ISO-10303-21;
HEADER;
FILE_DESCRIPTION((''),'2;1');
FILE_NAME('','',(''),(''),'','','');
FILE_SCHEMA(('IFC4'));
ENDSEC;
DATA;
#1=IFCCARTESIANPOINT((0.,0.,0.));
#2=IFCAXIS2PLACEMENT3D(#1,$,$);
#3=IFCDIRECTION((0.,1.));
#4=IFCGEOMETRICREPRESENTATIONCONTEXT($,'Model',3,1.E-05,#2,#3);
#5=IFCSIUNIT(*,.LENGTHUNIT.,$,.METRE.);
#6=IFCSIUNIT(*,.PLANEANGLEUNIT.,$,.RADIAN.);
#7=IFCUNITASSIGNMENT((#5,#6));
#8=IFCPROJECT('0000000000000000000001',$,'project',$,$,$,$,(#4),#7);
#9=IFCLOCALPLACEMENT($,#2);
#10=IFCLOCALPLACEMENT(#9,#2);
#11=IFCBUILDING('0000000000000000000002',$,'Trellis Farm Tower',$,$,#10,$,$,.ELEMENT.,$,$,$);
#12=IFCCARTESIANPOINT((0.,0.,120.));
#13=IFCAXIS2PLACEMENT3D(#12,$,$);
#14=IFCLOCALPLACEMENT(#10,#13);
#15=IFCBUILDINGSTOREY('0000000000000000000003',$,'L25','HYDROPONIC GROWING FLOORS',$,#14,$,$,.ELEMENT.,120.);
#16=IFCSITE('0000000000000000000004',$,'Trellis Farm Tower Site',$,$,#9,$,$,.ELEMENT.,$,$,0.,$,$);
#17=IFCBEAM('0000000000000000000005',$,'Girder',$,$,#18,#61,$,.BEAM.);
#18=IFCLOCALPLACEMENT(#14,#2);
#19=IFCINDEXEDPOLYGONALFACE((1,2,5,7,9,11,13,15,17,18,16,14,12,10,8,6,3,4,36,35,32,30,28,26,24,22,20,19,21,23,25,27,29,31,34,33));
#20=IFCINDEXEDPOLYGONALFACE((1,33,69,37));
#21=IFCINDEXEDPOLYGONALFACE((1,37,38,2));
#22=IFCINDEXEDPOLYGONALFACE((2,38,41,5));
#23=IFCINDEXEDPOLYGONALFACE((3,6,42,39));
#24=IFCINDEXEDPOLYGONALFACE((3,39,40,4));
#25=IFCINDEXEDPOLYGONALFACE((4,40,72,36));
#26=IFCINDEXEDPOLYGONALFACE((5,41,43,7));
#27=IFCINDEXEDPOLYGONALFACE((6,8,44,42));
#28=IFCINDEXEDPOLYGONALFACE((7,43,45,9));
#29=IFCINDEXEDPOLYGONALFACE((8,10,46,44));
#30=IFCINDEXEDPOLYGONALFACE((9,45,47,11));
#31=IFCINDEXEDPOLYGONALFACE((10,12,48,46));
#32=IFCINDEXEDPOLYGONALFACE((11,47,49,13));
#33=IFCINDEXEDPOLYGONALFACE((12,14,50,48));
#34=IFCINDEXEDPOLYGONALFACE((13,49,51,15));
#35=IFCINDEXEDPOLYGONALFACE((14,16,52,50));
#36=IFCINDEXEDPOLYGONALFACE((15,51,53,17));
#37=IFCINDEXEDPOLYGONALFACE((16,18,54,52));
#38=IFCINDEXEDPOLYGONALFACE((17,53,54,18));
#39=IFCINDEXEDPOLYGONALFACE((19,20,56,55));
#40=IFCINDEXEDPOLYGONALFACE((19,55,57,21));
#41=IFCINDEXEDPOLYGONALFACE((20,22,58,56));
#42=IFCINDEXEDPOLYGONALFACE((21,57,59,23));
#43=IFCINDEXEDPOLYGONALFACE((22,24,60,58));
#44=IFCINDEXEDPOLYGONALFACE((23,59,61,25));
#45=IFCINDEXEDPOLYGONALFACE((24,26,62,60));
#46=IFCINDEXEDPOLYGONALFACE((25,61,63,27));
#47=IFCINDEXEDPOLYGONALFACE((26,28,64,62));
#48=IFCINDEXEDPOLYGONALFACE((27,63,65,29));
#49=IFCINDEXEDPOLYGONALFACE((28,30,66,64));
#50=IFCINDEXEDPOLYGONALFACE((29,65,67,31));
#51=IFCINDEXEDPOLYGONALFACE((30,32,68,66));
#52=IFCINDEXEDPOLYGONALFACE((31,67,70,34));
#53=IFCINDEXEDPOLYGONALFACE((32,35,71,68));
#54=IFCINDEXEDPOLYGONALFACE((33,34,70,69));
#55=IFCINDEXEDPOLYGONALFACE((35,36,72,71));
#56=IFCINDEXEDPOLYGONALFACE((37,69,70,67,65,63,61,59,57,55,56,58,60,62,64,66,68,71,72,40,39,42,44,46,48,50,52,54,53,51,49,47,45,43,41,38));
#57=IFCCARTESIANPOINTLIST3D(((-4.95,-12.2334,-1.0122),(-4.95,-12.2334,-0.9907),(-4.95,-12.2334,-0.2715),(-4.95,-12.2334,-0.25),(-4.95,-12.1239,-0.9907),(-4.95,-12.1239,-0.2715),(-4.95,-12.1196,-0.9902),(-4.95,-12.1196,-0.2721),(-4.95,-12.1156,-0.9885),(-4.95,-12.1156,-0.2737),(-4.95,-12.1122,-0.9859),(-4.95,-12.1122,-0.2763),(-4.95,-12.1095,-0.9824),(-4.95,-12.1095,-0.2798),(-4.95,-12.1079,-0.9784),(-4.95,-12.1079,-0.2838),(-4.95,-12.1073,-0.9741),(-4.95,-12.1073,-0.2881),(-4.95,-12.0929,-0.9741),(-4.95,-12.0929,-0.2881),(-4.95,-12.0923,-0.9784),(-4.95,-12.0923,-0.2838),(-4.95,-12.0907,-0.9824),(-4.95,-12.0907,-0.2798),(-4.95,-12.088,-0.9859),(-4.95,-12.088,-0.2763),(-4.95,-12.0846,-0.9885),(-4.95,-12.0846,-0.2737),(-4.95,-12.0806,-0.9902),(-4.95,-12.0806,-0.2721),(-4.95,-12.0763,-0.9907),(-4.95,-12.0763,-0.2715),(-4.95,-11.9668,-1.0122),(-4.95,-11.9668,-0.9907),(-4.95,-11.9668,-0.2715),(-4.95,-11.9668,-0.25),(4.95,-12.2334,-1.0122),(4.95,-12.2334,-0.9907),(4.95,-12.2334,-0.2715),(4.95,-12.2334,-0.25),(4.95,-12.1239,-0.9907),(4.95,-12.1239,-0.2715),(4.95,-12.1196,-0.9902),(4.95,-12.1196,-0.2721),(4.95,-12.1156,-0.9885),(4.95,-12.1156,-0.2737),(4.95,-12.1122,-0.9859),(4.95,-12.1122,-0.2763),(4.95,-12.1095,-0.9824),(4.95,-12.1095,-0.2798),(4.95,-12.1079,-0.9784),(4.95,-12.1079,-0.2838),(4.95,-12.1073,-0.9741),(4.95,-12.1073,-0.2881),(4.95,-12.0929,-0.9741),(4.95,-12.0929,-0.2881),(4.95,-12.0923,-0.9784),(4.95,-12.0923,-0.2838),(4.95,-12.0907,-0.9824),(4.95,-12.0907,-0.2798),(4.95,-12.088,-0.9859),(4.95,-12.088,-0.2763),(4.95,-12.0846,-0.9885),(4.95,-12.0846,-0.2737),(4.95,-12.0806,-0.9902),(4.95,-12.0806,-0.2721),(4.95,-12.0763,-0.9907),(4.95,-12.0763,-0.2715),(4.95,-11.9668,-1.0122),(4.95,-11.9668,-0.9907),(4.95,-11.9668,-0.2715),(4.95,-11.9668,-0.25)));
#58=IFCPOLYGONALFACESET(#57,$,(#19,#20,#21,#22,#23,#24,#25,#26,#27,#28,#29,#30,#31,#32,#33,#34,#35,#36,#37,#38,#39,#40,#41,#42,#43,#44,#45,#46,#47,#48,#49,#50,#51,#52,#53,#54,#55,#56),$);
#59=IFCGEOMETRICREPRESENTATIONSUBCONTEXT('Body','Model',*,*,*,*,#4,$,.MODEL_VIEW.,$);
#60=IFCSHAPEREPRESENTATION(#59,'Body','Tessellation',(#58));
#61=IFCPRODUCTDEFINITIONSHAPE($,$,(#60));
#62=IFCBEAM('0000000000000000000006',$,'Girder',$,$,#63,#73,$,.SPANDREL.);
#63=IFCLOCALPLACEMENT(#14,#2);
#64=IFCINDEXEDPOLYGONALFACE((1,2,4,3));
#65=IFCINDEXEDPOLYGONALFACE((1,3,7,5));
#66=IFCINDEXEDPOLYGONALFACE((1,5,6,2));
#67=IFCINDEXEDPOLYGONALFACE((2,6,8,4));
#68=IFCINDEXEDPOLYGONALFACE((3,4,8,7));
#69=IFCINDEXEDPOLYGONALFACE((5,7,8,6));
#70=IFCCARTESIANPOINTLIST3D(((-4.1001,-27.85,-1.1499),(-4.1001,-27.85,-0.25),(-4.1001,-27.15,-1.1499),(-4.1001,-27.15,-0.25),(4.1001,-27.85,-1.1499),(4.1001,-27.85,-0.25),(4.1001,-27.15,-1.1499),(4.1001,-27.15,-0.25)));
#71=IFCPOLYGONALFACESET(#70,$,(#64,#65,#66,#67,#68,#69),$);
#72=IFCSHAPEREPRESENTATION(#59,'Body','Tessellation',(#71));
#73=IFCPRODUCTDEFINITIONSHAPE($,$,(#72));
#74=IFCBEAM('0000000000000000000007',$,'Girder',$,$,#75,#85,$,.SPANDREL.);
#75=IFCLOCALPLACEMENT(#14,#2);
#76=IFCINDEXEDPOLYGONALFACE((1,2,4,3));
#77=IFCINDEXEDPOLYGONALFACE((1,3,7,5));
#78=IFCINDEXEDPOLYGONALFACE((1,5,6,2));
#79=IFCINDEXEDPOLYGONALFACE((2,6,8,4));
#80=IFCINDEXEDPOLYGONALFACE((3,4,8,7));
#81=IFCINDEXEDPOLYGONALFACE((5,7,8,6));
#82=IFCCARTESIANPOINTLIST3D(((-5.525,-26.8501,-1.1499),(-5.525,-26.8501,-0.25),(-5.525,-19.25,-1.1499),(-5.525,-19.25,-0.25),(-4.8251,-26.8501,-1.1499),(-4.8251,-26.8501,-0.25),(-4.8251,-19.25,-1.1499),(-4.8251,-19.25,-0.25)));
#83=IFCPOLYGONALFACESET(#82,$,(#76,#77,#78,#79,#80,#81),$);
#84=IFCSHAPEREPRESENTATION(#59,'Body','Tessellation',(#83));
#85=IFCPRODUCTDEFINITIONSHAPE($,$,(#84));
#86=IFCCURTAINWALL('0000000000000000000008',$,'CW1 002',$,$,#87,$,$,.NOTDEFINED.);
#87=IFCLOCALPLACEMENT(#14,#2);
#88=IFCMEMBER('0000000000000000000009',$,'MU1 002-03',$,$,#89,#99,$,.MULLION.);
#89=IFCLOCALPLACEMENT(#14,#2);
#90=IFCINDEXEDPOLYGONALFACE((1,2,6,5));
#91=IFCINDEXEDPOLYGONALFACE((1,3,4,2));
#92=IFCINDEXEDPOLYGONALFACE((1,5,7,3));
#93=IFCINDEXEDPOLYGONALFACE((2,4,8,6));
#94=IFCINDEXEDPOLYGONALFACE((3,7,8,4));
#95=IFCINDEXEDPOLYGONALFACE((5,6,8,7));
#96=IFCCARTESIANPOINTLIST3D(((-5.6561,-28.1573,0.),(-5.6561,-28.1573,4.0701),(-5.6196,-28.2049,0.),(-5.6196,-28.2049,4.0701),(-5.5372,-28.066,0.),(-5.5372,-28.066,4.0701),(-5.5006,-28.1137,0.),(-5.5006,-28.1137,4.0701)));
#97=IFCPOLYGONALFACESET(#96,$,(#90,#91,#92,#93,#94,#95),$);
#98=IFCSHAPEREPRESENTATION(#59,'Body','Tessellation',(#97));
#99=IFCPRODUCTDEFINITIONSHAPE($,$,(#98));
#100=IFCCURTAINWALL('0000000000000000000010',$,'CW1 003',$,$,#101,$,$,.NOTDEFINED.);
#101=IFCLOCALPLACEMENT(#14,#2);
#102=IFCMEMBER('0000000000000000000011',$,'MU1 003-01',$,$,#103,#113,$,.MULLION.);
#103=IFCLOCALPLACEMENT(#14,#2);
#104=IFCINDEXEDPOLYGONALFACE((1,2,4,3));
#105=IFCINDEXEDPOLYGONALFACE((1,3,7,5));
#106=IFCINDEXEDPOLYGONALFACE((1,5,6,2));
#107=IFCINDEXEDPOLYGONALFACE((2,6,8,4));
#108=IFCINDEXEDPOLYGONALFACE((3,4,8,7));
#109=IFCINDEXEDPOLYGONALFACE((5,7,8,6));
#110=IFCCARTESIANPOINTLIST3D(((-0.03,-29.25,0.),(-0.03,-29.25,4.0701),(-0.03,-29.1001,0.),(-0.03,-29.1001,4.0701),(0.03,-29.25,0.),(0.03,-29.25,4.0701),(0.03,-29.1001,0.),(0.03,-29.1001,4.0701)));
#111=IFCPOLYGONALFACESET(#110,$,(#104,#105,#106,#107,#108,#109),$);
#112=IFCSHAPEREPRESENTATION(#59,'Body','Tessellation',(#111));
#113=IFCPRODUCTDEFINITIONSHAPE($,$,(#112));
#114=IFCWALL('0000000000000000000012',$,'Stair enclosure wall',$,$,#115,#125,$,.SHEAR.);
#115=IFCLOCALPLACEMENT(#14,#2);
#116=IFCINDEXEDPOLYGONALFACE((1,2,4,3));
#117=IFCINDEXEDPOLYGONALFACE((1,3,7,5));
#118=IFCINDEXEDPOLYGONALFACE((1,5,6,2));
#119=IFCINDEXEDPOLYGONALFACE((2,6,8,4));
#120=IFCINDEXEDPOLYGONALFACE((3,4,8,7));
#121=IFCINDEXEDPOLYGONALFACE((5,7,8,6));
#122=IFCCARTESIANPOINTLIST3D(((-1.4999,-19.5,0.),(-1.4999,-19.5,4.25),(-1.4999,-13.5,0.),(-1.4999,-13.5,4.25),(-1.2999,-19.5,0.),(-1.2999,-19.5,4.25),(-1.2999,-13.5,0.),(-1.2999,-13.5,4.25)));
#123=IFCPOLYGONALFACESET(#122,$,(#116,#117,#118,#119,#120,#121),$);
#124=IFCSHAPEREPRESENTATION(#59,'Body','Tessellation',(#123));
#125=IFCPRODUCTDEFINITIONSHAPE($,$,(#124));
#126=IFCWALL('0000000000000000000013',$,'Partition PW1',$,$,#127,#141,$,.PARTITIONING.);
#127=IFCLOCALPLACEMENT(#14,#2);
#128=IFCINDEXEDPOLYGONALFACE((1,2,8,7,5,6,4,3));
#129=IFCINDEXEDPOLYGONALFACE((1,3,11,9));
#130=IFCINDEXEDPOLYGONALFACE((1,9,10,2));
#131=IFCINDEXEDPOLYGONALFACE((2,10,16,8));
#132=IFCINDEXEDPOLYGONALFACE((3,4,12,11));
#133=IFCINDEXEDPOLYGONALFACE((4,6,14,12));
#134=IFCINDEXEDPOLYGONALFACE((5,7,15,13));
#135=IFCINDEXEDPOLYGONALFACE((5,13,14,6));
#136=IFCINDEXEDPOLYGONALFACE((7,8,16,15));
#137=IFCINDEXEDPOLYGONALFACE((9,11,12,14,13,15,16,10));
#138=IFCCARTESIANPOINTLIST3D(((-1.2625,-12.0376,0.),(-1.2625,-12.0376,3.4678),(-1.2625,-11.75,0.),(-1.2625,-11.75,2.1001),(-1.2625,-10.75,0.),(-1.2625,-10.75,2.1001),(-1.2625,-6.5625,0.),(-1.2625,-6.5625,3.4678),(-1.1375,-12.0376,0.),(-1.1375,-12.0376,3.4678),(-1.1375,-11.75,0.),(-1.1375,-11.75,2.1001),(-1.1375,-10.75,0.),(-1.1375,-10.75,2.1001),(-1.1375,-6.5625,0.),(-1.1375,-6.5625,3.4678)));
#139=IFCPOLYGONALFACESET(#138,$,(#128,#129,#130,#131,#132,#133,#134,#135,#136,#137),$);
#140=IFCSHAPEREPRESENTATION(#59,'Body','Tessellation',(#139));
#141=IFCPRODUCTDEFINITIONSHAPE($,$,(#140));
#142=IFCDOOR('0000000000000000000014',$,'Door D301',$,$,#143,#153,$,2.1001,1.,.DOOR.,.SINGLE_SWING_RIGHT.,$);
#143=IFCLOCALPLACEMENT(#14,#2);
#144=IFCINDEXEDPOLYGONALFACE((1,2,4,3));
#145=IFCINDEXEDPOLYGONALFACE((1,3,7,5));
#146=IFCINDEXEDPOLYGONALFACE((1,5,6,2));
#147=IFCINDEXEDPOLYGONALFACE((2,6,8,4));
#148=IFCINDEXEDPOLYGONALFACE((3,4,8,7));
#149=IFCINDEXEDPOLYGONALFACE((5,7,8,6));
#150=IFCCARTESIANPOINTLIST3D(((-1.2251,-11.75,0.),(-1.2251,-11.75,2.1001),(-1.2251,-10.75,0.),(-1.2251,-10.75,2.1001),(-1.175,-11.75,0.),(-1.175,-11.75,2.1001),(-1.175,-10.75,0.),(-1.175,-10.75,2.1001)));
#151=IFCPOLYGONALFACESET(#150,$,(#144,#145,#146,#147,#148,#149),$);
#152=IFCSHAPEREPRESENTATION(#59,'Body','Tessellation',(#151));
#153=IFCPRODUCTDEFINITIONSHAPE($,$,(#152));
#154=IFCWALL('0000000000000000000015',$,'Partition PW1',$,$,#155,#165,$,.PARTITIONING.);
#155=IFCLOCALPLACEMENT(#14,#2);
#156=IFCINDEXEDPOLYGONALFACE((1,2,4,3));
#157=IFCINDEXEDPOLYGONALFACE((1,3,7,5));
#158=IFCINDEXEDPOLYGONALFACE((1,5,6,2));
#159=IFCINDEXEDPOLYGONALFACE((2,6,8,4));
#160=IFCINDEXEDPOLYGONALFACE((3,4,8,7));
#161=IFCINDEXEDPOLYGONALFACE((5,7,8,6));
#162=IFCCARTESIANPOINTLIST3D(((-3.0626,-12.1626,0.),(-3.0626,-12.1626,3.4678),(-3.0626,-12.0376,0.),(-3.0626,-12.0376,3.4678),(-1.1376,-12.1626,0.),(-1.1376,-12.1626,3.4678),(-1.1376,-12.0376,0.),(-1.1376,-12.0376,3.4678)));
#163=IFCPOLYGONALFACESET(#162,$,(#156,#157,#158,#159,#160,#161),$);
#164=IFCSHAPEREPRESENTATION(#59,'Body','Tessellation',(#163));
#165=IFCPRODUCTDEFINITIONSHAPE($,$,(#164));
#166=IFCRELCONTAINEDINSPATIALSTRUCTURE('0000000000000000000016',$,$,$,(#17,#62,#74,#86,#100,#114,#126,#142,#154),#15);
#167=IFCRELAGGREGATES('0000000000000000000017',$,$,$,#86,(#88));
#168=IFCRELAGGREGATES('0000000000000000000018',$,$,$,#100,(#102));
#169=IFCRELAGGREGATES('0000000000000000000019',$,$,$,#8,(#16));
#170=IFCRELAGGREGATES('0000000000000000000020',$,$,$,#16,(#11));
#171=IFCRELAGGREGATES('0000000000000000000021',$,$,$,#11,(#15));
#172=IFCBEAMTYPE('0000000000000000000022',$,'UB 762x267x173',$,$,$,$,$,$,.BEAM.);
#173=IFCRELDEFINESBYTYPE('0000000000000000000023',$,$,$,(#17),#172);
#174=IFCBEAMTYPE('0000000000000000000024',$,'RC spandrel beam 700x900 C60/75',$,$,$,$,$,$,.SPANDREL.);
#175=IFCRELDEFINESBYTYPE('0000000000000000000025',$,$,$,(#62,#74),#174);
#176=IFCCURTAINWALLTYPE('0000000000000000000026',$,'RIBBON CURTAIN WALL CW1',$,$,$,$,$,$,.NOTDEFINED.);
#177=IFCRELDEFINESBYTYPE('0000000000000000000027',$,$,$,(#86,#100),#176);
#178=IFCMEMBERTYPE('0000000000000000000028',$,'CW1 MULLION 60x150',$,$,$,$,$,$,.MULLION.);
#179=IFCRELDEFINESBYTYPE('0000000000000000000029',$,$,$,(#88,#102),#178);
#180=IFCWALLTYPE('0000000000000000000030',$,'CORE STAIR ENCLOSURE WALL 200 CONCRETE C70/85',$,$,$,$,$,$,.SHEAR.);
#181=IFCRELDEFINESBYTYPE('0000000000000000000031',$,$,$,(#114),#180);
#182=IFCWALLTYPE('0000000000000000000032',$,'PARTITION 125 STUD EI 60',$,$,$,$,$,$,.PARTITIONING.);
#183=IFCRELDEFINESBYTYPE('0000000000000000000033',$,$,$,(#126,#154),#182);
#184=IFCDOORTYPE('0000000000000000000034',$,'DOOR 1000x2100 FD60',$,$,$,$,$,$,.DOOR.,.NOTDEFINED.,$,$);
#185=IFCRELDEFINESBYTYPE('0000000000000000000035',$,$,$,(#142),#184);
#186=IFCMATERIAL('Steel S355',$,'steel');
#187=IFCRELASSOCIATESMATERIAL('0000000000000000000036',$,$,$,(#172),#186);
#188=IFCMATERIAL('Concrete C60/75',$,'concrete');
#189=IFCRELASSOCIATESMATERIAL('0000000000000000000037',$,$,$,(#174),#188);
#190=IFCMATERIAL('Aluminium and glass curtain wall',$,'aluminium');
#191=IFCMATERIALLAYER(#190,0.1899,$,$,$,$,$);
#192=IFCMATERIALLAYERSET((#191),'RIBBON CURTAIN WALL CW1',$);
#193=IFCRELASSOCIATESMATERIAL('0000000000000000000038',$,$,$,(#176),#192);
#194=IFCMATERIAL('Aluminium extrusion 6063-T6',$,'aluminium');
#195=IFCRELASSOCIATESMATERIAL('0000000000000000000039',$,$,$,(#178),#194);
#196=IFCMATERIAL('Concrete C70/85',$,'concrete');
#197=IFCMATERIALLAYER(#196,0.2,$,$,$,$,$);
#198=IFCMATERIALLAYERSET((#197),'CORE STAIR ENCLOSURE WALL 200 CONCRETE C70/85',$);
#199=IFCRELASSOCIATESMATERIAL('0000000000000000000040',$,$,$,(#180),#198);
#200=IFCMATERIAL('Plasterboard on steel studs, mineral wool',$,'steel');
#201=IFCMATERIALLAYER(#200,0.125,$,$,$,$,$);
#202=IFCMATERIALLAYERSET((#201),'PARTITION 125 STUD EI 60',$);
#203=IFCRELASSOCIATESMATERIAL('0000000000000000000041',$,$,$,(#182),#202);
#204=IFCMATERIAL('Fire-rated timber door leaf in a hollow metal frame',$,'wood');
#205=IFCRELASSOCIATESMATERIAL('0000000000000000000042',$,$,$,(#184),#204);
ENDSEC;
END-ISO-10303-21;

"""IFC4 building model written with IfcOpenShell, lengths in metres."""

from ifc_helpers import new_model, si_unit, direction, frame, frame_2d, origin, origin_2d, place, context, subcontext, project, spatial, rectangle, i_section, extrude, source, transform, mapped, material, layer, layer_set, material_profile, profile_set, type_object, element, fill, aggregate, save


model = new_model("IFC4")

# Units and contexts
model_context = context("Model", 3, precision=1e-05, world=origin(), true_north=direction((0.0, 1.0)))
body_context = subcontext(model_context, "Body", "Model", "MODEL_VIEW")
ifc_project = project(units=[si_unit("LENGTHUNIT", "METRE"), si_unit("PLANEANGLEUNIT", "RADIAN")], contexts=[model_context])

# Site, building, storey
site_placement = place(None, origin())
site = spatial("IfcSite", under=ifc_project, at=site_placement, Name="Trellis Farm Tower Site", CompositionType="ELEMENT", RefElevation=0.0)
building_placement = place(site_placement, origin())
building = spatial("IfcBuilding", under=site, at=building_placement, Name="Trellis Farm Tower", CompositionType="ELEMENT")
storey_placement = place(building_placement, frame((0.0, 0.0, 120.0)))
storey = spatial("IfcBuildingStorey", under=building, at=storey_placement, Name="L25", Description="HYDROPONIC GROWING FLOORS", CompositionType="ELEMENT", Elevation=120.0)

# Beams
ifc_material_1 = material(Name="Steel S355", Category="steel")
ifc_material_profile_1 = material_profile(ifc_material_1, i_section(OverallWidth=0.2666, OverallDepth=0.7622, WebThickness=0.0144, FlangeThickness=0.0215, FilletRadius=0.0166, at=origin_2d()), Name="UB 762x267x173")
ifc_profile_set_1 = profile_set([ifc_material_profile_1], Name="Steel S355")
beam_type_1 = type_object("IfcBeamType", Name="UB 762x267x173", PredefinedType="BEAM", material=ifc_profile_set_1)
shared_shape_1 = source(origin(), body_context, "Body", "SweptSolid", [
    extrude(i_section(OverallWidth=0.2666, OverallDepth=0.7622, WebThickness=0.0144, FlangeThickness=0.0215, FilletRadius=0.0166, at=origin_2d()), origin(), (0.0, 0.0, 1.0), 9.8999),
])
beam_1_placement = place(storey_placement, frame((-4.95, -12.1001, -0.6311), z_axis=(1.0, 0.0, 0.0), x_axis=(0.0, 1.0, 0.0)))
element("IfcBeam", 1, at=beam_1_placement, inside=storey, type_object=beam_type_1, Name="Girder", PredefinedType="BEAM", context=body_context, shape_type="MappedRepresentation", body=[
    mapped(shared_shape_1, transform((0.0, 0.0, 0.0))),
])
ifc_material_2 = material(Name="Concrete C60/75", Category="concrete")
ifc_material_profile_2 = material_profile(ifc_material_2, rectangle(XDim=0.7, YDim=0.8999, at=origin_2d()), Name="RC spandrel beam 700x900 C60/75")
ifc_profile_set_2 = profile_set([ifc_material_profile_2], Name="Concrete C60/75")
beam_type_2 = type_object("IfcBeamType", Name="RC spandrel beam 700x900 C60/75", PredefinedType="SPANDREL", material=ifc_profile_set_2)
shared_shape_2 = source(origin(), body_context, "Body", "SweptSolid", [
    extrude(rectangle(XDim=0.7, YDim=0.8999, at=origin_2d()), origin(), (0.0, 0.0, 1.0), 8.2002),
])
beam_2_placement = place(storey_placement, frame((-4.1001, -27.5, -0.7), z_axis=(1.0, 0.0, 0.0), x_axis=(0.0, 1.0, 0.0)))
element("IfcBeam", 2, at=beam_2_placement, inside=storey, type_object=beam_type_2, Name="Girder", PredefinedType="SPANDREL", context=body_context, shape_type="MappedRepresentation", body=[
    mapped(shared_shape_2, transform((0.0, 0.0, 0.0))),
])
shared_shape_3 = source(origin(), body_context, "Body", "SweptSolid", [
    extrude(rectangle(XDim=0.7, YDim=0.8999, at=origin_2d()), origin(), (0.0, 0.0, 1.0), 7.6001),
])
beam_3_placement = place(storey_placement, frame((-5.175, -26.8501, -0.7), z_axis=(0.0, 1.0, 0.0), x_axis=(-1.0, 0.0, 0.0)))
element("IfcBeam", 3, at=beam_3_placement, inside=storey, type_object=beam_type_2, Name="Girder", PredefinedType="SPANDREL", context=body_context, shape_type="MappedRepresentation", body=[
    mapped(shared_shape_3, transform((0.0, 0.0, 0.0))),
])

# Curtain walls, members
ifc_material_3 = material(Name="Aluminium and glass curtain wall", Category="aluminium")
ifc_layer_1 = layer(ifc_material_3, 0.1899)
ifc_layer_set_1 = layer_set([ifc_layer_1], Name="RIBBON CURTAIN WALL CW1")
curtain_wall_type = type_object("IfcCurtainWallType", Name="RIBBON CURTAIN WALL CW1", PredefinedType="NOTDEFINED", material=ifc_layer_set_1)
placement = place(storey_placement, origin())
curtain_wall_1 = element("IfcCurtainWall", 4, at=placement, inside=storey, type_object=curtain_wall_type, Name="CW1 002", PredefinedType="NOTDEFINED")
ifc_material_4 = material(Name="Aluminium extrusion 6063-T6", Category="aluminium")
ifc_material_profile_3 = material_profile(ifc_material_4, rectangle(XDim=0.0601, YDim=0.1499, at=origin_2d()), Name="MULLION 60x150")
ifc_profile_set_3 = profile_set([ifc_material_profile_3], Name="Aluminium extrusion 6063-T6")
member_type = type_object("IfcMemberType", Name="CW1 MULLION 60x150", PredefinedType="MULLION", material=ifc_profile_set_3)
shared_shape_4 = source(origin(), body_context, "Body", "SweptSolid", [
    extrude(rectangle(XDim=0.0601, YDim=0.1499, at=origin_2d()), origin(), (0.0, 0.0, 1.0), 4.0701),
])
member_1_placement = place(storey_placement, frame((-5.5784, -28.1355, 0.0), z_axis=(0.0, 0.0, 1.0), x_axis=(0.608761, -0.793353, 0.0)))
member_1 = element("IfcMember", 5, at=member_1_placement, type_object=member_type, Name="MU1 002-03", PredefinedType="MULLION", context=body_context, shape_type="MappedRepresentation", body=[
    mapped(shared_shape_4, transform((0.0, 0.0, 0.0))),
])
aggregate(curtain_wall_1, [member_1])
curtain_wall_2 = element("IfcCurtainWall", 6, at=placement, inside=storey, type_object=curtain_wall_type, Name="CW1 003", PredefinedType="NOTDEFINED")
member_2_placement = place(storey_placement, frame((0.0, -29.175, 0.0), z_axis=(0.0, 0.0, 1.0), x_axis=(1.0, 0.0, 0.0)))
member_2 = element("IfcMember", 7, at=member_2_placement, type_object=member_type, Name="MU1 003-01", PredefinedType="MULLION", context=body_context, shape_type="MappedRepresentation", body=[
    mapped(shared_shape_4, transform((0.0, 0.0, 0.0))),
])
aggregate(curtain_wall_2, [member_2])

# Wall
ifc_material_5 = material(Name="Concrete C70/85", Category="concrete")
ifc_layer_2 = layer(ifc_material_5, 0.2)
ifc_layer_set_2 = layer_set([ifc_layer_2], Name="CORE STAIR ENCLOSURE WALL 200 CONCRETE C70/85")
wall_type_1 = type_object("IfcWallType", Name="CORE STAIR ENCLOSURE WALL 200 CONCRETE C70/85", PredefinedType="SHEAR", material=ifc_layer_set_2)
shared_shape_5 = source(origin(), body_context, "Body", "SweptSolid", [
    extrude(rectangle(XDim=6.0, YDim=0.2, at=frame_2d((3.0, 0.0))), origin(), (0.0, 0.0, 1.0), 4.25),
])
wall_1_placement = place(storey_placement, frame((-1.3999, -13.5, 0.0), z_axis=(0.0, 0.0, 1.0), x_axis=(0.0, -1.0, 0.0)))
element("IfcWall", 8, at=wall_1_placement, inside=storey, type_object=wall_type_1, Name="Stair enclosure wall", PredefinedType="SHEAR", context=body_context, shape_type="MappedRepresentation", body=[
    mapped(shared_shape_5, transform((0.0, 0.0, 0.0))),
])

# Wall, opening, door
ifc_material_6 = material(Name="Plasterboard on steel studs, mineral wool", Category="steel")
ifc_layer_3 = layer(ifc_material_6, 0.125)
ifc_layer_set_3 = layer_set([ifc_layer_3], Name="PARTITION 125 STUD EI 60")
wall_type_2 = type_object("IfcWallType", Name="PARTITION 125 STUD EI 60", PredefinedType="PARTITIONING", material=ifc_layer_set_3)
shared_shape_6 = source(origin(), body_context, "Body", "SweptSolid", [
    extrude(rectangle(XDim=5.4751, YDim=0.125, at=frame_2d((2.7375, 0.0))), origin(), (0.0, 0.0, 1.0), 3.4678),
])
wall_2_placement = place(storey_placement, frame((-1.2, -6.5625, 0.0), z_axis=(0.0, 0.0, 1.0), x_axis=(0.0, -1.0, 0.0)))
wall_2 = element("IfcWall", 9, at=wall_2_placement, inside=storey, type_object=wall_type_2, Name="Partition PW1", PredefinedType="PARTITIONING", context=body_context, shape_type="MappedRepresentation", body=[
    mapped(shared_shape_6, transform((0.0, 0.0, 0.0))),
])
shared_shape_7 = source(origin(), body_context, "Body", "SweptSolid", [
    extrude(rectangle(XDim=1.0, YDim=2.1001, at=frame_2d((0.5, 1.05))), frame((0.0, 0.0725, 0.0), z_axis=(0.0, -1.0, 0.0), x_axis=(1.0, 0.0, 0.0)), (0.0, 0.0, 1.0), 0.145),
])
opening_1_placement = place(wall_2_placement, frame((4.1875, 0.0, 0.0)))
opening_1 = element("IfcOpeningElement", 10, at=opening_1_placement, cuts=wall_2, PredefinedType="OPENING", context=body_context, shape_type="MappedRepresentation", body=[
    mapped(shared_shape_7, transform((0.0, 0.0, 0.0))),
])
ifc_material_7 = material(Name="Fire-rated timber door leaf in a hollow metal frame", Category="wood")
door_type_1 = type_object("IfcDoorType", Name="DOOR 1000x2100 FD60", OperationType="NOTDEFINED", PredefinedType="DOOR", material=ifc_material_7)
shared_shape_8 = source(origin(), body_context, "Body", "SweptSolid", [
    extrude(rectangle(XDim=1.0, YDim=2.1001, at=frame_2d((0.5, 1.05))), frame((0.0, 0.0249, 0.0), z_axis=(0.0, -1.0, 0.0), x_axis=(1.0, 0.0, 0.0)), (0.0, 0.0, 1.0), 0.05),
])
door_1_placement = place(opening_1_placement, origin())
door_1 = element("IfcDoor", 11, at=door_1_placement, inside=storey, type_object=door_type_1, Name="Door D301", OperationType="SINGLE_SWING_RIGHT", OverallHeight=2.1001, OverallWidth=1.0, PredefinedType="DOOR", context=body_context, shape_type="MappedRepresentation", body=[
    mapped(shared_shape_8, transform((0.0, 0.0, 0.0))),
])
fill(opening_1, door_1)

# Wall
shared_shape_9 = source(origin(), body_context, "Body", "SweptSolid", [
    extrude(rectangle(XDim=1.925, YDim=0.125, at=frame_2d((0.9624, 0.0))), origin(), (0.0, 0.0, 1.0), 3.4678),
])
wall_3_placement = place(storey_placement, frame((-3.0625, -12.1001, 0.0), z_axis=(0.0, 0.0, 1.0), x_axis=(1.0, 0.0, 0.0)))
element("IfcWall", 12, at=wall_3_placement, inside=storey, type_object=wall_type_2, Name="Partition PW1", PredefinedType="PARTITIONING", context=body_context, shape_type="MappedRepresentation", body=[
    mapped(shared_shape_9, transform((0.0, 0.0, 0.0))),
])

save(model, "model.ifc")
